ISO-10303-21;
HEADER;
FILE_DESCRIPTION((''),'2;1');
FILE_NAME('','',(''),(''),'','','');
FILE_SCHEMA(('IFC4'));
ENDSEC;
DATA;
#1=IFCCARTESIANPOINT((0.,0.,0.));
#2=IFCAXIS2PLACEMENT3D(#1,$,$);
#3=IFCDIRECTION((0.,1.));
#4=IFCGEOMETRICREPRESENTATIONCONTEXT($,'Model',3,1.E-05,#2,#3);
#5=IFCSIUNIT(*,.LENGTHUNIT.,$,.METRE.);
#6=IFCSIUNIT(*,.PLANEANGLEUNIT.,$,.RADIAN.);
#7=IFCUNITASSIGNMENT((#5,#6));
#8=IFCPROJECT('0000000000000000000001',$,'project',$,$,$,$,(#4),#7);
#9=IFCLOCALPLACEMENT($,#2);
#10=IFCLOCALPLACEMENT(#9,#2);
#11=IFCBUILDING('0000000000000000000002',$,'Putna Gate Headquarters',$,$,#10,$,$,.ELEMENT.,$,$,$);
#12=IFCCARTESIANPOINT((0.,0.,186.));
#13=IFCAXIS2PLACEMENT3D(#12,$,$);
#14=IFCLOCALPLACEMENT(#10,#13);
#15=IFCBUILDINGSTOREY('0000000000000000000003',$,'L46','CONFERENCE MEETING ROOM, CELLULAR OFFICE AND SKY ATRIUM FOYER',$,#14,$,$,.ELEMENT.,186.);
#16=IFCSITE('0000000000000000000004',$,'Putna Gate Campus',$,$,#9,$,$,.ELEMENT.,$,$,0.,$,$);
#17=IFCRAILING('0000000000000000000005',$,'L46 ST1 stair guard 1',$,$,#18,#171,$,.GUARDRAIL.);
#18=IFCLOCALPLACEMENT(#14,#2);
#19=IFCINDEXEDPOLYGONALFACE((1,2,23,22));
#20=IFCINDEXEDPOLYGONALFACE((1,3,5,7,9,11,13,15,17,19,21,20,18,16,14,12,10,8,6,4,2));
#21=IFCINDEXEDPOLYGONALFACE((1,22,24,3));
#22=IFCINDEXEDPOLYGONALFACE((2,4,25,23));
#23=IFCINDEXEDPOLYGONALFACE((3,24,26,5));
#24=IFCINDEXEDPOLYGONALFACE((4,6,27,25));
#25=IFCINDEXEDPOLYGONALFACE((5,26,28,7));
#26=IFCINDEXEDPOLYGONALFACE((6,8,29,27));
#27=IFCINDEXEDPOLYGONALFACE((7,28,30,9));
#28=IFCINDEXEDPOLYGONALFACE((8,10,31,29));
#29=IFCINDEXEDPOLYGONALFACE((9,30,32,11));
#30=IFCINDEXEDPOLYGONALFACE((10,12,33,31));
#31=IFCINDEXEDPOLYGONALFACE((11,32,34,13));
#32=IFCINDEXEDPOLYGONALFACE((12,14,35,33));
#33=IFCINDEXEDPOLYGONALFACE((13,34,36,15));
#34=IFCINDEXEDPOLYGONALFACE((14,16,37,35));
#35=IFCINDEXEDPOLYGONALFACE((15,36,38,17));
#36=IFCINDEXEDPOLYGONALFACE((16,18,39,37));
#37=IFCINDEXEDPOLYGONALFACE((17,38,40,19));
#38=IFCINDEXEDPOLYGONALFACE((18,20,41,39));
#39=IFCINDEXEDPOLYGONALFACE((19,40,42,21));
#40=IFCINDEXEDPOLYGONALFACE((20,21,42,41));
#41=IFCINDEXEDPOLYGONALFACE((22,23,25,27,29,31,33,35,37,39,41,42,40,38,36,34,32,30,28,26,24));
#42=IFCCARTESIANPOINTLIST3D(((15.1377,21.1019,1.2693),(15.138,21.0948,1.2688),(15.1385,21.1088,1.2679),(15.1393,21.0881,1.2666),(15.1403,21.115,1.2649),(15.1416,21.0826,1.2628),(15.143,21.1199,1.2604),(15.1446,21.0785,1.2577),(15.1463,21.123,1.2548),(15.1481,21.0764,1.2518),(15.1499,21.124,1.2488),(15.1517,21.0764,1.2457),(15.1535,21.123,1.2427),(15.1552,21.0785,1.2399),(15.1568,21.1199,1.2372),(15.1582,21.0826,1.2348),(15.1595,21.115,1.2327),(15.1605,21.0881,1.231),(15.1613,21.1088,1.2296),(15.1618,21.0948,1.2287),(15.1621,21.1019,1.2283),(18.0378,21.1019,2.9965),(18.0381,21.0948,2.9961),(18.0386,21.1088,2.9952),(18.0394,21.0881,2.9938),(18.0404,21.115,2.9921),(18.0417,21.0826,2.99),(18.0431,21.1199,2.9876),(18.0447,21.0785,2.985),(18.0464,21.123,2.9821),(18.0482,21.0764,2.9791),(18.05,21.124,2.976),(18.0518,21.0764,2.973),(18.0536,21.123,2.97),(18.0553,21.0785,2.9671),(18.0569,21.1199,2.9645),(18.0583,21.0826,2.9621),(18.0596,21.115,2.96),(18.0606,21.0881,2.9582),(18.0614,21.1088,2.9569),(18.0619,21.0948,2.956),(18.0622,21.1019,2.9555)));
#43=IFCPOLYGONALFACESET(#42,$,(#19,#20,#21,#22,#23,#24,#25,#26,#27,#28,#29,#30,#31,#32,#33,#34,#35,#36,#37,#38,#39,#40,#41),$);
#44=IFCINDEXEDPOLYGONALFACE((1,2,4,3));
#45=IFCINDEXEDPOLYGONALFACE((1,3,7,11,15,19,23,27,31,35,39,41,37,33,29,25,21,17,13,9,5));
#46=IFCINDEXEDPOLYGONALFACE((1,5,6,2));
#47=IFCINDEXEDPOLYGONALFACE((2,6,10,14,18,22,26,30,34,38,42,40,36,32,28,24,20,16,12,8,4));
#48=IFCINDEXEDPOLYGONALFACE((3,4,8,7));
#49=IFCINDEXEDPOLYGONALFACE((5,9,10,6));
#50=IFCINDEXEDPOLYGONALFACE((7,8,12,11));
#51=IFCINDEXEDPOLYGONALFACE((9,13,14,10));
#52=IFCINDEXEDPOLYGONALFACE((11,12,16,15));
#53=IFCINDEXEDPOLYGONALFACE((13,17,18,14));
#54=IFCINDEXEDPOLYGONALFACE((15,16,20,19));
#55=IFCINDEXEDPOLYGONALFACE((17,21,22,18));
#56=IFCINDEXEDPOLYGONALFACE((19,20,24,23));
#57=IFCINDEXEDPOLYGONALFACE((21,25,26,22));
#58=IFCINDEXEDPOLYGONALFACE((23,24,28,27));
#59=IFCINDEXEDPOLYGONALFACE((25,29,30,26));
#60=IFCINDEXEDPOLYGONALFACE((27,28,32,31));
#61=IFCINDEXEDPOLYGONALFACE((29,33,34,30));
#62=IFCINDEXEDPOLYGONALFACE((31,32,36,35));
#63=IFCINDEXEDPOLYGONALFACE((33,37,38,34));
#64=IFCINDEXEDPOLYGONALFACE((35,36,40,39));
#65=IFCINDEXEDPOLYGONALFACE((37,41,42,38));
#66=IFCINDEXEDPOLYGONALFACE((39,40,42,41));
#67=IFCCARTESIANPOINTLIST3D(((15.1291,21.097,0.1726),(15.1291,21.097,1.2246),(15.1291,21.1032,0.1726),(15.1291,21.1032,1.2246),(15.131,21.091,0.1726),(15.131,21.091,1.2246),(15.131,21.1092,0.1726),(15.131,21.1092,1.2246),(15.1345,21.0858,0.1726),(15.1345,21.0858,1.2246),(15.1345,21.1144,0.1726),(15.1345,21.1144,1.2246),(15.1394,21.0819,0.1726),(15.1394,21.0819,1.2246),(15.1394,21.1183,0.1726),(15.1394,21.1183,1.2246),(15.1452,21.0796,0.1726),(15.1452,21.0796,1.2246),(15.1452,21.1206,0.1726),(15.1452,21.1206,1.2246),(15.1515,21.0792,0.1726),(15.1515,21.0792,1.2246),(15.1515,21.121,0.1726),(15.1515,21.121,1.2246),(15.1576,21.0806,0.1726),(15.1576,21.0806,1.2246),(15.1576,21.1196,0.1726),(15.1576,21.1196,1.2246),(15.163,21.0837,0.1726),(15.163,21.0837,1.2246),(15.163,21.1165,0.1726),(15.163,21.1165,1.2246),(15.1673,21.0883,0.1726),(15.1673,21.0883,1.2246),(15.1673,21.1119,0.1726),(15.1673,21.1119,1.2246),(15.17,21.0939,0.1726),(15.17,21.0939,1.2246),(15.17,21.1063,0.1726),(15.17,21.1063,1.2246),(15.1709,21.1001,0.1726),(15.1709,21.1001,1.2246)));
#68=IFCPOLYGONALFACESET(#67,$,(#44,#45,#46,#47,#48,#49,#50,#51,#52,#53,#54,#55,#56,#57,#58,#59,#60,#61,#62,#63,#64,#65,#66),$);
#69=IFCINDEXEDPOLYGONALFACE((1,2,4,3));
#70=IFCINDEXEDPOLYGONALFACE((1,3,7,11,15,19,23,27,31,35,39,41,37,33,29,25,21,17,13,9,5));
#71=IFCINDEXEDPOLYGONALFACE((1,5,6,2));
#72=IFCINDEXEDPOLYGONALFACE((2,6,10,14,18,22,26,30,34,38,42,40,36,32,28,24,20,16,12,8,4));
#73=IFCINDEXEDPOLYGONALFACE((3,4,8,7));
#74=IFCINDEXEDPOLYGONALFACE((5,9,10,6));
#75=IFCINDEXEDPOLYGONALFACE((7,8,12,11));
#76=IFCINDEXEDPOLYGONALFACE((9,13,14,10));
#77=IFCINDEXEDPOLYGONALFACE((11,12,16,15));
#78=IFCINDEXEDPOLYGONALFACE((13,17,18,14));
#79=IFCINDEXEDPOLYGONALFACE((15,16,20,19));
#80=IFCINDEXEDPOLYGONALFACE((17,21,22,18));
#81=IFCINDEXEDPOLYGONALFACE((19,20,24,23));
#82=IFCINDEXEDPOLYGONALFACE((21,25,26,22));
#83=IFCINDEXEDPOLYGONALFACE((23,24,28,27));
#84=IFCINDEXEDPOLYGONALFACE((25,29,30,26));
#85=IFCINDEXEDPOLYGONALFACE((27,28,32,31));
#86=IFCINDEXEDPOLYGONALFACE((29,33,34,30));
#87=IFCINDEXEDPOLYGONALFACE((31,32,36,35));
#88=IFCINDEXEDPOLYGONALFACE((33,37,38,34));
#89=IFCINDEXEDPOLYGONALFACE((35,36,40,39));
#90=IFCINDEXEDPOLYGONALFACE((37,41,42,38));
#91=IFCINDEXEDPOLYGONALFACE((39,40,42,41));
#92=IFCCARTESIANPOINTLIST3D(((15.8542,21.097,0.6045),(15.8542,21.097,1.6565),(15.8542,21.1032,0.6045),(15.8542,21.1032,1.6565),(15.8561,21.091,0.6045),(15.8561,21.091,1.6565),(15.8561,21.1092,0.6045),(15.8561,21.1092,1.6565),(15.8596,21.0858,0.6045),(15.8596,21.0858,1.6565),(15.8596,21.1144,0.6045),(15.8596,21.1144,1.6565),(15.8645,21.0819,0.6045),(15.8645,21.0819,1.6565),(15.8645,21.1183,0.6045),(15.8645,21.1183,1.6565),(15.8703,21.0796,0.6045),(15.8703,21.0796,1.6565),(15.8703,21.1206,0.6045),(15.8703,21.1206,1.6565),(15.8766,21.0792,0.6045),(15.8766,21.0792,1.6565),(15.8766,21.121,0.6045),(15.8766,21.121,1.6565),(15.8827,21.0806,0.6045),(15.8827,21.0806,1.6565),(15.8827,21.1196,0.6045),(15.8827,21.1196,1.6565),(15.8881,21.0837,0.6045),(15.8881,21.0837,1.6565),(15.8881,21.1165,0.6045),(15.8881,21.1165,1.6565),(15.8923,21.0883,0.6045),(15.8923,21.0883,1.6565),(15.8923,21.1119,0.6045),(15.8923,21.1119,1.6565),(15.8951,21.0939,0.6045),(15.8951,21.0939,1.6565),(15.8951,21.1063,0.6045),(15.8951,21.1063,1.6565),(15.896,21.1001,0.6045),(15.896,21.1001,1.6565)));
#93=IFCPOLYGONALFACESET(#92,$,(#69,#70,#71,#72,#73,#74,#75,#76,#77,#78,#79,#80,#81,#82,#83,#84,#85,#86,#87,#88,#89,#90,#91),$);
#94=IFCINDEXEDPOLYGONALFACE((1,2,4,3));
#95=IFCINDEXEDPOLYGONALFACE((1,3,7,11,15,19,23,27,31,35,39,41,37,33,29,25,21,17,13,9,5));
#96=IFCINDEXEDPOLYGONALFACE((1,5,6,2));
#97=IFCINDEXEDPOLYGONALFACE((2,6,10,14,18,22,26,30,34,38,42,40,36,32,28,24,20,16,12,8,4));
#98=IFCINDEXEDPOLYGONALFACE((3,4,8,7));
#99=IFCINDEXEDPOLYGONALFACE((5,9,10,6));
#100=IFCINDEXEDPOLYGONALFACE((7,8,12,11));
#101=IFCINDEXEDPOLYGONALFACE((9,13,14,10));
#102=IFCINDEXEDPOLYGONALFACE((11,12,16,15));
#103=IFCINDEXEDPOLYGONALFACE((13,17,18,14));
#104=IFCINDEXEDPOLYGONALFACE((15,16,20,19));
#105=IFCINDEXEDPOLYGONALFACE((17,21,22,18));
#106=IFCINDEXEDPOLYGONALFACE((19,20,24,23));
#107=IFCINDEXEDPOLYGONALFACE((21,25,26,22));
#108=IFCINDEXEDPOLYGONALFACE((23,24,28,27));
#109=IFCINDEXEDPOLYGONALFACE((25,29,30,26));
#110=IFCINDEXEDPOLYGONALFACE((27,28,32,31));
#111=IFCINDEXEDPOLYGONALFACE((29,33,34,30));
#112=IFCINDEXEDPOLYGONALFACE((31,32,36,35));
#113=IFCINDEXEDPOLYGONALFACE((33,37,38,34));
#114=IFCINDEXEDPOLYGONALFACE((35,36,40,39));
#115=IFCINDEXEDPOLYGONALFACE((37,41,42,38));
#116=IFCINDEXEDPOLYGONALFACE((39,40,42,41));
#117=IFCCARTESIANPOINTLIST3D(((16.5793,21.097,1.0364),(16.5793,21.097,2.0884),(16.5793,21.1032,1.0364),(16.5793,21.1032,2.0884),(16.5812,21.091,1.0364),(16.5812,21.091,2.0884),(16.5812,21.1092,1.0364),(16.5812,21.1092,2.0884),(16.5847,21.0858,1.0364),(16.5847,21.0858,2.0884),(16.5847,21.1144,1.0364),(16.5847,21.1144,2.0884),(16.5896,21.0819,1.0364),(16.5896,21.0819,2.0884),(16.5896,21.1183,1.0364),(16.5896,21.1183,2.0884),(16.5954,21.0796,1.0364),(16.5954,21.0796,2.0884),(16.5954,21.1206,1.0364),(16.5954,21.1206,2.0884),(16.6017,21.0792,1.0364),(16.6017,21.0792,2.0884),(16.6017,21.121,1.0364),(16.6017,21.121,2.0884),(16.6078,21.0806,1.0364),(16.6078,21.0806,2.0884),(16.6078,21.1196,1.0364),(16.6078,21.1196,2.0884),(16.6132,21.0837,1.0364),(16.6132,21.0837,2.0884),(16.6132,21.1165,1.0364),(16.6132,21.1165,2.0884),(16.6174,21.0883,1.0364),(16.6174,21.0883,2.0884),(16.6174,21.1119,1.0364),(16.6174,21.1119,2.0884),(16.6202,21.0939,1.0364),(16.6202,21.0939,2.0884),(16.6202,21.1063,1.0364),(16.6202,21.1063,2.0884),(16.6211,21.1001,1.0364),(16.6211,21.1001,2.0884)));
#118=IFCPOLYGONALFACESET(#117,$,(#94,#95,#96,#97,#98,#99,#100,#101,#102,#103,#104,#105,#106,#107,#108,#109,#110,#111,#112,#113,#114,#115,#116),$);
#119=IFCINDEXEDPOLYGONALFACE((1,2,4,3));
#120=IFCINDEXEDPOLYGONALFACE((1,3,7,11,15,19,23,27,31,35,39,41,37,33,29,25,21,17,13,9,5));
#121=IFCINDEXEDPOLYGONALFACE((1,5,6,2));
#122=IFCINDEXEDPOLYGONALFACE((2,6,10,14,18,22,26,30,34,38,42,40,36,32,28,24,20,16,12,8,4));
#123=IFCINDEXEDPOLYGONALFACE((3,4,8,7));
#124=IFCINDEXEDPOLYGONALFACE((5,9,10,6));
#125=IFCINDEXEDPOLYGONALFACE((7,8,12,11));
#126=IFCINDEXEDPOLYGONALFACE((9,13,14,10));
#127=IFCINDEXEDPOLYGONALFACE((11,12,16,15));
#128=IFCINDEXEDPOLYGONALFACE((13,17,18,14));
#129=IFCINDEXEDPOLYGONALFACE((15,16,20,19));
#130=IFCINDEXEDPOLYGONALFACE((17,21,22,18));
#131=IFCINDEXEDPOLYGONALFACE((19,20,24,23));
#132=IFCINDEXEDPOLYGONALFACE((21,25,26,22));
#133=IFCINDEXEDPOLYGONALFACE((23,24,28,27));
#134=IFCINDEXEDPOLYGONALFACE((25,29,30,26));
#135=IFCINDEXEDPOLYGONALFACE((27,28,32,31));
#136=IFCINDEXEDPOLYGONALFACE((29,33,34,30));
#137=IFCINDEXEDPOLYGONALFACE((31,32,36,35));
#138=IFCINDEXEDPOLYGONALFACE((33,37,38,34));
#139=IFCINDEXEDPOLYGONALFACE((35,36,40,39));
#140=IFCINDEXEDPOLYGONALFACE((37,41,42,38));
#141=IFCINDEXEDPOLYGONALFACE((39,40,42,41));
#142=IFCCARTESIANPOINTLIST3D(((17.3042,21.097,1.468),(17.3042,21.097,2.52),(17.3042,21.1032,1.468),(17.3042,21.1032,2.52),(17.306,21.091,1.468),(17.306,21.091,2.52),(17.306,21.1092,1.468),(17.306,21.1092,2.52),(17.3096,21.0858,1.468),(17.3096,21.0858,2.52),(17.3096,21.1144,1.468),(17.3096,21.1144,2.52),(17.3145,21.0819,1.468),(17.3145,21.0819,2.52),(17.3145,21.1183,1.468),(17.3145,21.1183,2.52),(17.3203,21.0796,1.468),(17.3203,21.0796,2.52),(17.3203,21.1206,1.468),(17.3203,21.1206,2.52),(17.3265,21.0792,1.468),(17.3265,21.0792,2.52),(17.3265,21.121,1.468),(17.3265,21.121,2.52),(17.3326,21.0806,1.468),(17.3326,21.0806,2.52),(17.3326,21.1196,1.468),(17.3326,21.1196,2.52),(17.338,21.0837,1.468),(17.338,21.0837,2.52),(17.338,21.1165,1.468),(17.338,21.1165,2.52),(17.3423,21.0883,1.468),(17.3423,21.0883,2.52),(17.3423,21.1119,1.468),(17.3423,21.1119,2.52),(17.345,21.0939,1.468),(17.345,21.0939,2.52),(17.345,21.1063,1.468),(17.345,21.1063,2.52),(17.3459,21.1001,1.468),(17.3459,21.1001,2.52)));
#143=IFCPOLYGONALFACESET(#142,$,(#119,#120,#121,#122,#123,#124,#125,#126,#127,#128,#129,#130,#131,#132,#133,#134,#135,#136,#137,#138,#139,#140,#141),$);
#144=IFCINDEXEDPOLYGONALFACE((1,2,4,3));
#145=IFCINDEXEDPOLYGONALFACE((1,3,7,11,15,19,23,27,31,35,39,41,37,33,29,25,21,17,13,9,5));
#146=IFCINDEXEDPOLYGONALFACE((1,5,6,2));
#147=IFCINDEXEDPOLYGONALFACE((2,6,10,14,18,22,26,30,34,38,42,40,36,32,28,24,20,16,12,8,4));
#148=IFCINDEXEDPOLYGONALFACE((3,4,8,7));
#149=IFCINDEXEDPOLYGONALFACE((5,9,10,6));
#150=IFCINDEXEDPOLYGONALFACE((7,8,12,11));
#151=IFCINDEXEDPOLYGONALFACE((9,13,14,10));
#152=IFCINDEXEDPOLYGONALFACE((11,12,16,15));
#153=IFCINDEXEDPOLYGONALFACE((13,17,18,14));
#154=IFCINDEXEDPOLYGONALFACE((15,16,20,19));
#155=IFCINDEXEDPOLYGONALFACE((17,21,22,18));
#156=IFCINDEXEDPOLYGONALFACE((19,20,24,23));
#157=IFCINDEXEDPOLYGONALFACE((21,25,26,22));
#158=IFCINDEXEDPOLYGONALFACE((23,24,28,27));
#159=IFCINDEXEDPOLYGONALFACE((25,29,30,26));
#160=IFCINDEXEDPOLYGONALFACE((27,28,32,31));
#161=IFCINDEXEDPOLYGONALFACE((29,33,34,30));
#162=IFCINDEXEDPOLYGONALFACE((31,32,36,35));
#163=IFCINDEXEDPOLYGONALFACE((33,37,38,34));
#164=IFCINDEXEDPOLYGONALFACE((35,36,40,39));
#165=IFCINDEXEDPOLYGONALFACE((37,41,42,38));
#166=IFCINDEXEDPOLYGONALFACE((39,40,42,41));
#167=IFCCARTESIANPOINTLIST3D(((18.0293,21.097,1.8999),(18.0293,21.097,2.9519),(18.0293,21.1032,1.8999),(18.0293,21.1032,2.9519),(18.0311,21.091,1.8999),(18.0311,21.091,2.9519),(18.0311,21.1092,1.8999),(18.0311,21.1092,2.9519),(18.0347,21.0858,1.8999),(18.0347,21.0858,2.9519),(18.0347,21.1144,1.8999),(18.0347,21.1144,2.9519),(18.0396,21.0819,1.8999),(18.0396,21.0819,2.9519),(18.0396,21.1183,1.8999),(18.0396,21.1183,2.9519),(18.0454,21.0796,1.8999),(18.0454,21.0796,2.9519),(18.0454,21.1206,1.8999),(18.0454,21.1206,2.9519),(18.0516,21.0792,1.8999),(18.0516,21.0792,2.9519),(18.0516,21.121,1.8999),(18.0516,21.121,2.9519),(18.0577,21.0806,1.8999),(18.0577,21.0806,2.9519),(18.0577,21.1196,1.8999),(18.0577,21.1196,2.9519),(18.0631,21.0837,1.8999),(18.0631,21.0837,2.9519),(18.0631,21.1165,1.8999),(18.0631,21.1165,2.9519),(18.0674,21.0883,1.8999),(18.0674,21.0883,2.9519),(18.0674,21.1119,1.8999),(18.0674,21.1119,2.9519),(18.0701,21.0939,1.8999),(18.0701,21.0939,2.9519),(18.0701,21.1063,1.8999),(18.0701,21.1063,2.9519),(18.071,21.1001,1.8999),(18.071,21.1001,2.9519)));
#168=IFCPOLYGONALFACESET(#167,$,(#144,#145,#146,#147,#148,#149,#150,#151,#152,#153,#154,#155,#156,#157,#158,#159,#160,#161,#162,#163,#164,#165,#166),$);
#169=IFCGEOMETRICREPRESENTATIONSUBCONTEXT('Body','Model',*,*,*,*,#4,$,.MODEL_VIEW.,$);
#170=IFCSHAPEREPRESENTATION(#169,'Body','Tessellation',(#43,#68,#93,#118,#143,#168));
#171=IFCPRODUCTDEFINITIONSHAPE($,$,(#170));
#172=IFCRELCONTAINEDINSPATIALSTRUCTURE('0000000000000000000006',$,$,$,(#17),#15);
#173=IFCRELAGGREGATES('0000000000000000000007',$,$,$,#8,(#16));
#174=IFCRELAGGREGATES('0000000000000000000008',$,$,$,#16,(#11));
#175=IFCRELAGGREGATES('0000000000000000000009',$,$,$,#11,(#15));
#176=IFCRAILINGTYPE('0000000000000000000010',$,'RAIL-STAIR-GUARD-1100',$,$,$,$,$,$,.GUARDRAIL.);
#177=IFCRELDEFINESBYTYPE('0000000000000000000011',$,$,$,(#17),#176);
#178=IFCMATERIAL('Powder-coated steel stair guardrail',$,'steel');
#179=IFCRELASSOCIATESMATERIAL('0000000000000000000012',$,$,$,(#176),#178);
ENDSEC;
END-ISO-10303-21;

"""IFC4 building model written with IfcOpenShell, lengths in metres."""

from ifc_helpers import new_model, si_unit, direction, frame, origin, origin_2d, place, context, subcontext, project, spatial, circle, extrude, material, type_object, element, save


model = new_model("IFC4")

# Units and contexts
model_context = context("Model", 3, precision=1e-05, world=origin(), true_north=direction((0.0, 1.0)))
body_context = subcontext(model_context, "Body", "Model", "MODEL_VIEW")
ifc_project = project(units=[si_unit("LENGTHUNIT", "METRE"), si_unit("PLANEANGLEUNIT", "RADIAN")], contexts=[model_context])

# Site, building, storey
site_placement = place(None, origin())
site = spatial("IfcSite", under=ifc_project, at=site_placement, Name="Putna Gate Campus", CompositionType="ELEMENT", RefElevation=0.0)
building_placement = place(site_placement, origin())
building = spatial("IfcBuilding", under=site, at=building_placement, Name="Putna Gate Headquarters", CompositionType="ELEMENT")
storey_placement = place(building_placement, frame((0.0, 0.0, 186.0)))
storey = spatial("IfcBuildingStorey", under=building, at=storey_placement, Name="L46", Description="CONFERENCE MEETING ROOM, CELLULAR OFFICE AND SKY ATRIUM FOYER", CompositionType="ELEMENT", Elevation=186.0)

# Railing
ifc_material_1 = material(Name="Powder-coated steel stair guardrail", Category="steel")
railing_type_1 = type_object("IfcRailingType", Name="RAIL-STAIR-GUARD-1100", PredefinedType="GUARDRAIL", material=ifc_material_1)
railing_1_placement = place(storey_placement, frame((15.1499, 21.1001, 0.1726)))
element("IfcRailing", 1, at=railing_1_placement, inside=storey, type_object=railing_type_1, Name="L46 ST1 stair guard 1", PredefinedType="GUARDRAIL", context=body_context, shape_type="SweptSolid", body=[
    extrude(circle(Radius=0.0239, at=origin_2d()), frame((0.0, 0.0, 1.0762), z_axis=(0.85916, 0.0, 0.511706), x_axis=(0.0, 1.0, 0.0)), (0.0, 0.0, 1.0), 3.3755),
    extrude(circle(Radius=0.021, at=origin_2d()), origin(), (0.0, 0.0, 1.0), 1.052),
    extrude(circle(Radius=0.021, at=origin_2d()), frame((0.7251, 0.0, 0.4319)), (0.0, 0.0, 1.0), 1.052),
    extrude(circle(Radius=0.021, at=origin_2d()), frame((1.4502, 0.0, 0.8638)), (0.0, 0.0, 1.0), 1.052),
    extrude(circle(Radius=0.021, at=origin_2d()), frame((2.175, 0.0, 1.2954)), (0.0, 0.0, 1.0), 1.052),
    extrude(circle(Radius=0.021, at=origin_2d()), frame((2.9001, 0.0, 1.7273)), (0.0, 0.0, 1.0), 1.052),
])

save(model, "model.ifc")
